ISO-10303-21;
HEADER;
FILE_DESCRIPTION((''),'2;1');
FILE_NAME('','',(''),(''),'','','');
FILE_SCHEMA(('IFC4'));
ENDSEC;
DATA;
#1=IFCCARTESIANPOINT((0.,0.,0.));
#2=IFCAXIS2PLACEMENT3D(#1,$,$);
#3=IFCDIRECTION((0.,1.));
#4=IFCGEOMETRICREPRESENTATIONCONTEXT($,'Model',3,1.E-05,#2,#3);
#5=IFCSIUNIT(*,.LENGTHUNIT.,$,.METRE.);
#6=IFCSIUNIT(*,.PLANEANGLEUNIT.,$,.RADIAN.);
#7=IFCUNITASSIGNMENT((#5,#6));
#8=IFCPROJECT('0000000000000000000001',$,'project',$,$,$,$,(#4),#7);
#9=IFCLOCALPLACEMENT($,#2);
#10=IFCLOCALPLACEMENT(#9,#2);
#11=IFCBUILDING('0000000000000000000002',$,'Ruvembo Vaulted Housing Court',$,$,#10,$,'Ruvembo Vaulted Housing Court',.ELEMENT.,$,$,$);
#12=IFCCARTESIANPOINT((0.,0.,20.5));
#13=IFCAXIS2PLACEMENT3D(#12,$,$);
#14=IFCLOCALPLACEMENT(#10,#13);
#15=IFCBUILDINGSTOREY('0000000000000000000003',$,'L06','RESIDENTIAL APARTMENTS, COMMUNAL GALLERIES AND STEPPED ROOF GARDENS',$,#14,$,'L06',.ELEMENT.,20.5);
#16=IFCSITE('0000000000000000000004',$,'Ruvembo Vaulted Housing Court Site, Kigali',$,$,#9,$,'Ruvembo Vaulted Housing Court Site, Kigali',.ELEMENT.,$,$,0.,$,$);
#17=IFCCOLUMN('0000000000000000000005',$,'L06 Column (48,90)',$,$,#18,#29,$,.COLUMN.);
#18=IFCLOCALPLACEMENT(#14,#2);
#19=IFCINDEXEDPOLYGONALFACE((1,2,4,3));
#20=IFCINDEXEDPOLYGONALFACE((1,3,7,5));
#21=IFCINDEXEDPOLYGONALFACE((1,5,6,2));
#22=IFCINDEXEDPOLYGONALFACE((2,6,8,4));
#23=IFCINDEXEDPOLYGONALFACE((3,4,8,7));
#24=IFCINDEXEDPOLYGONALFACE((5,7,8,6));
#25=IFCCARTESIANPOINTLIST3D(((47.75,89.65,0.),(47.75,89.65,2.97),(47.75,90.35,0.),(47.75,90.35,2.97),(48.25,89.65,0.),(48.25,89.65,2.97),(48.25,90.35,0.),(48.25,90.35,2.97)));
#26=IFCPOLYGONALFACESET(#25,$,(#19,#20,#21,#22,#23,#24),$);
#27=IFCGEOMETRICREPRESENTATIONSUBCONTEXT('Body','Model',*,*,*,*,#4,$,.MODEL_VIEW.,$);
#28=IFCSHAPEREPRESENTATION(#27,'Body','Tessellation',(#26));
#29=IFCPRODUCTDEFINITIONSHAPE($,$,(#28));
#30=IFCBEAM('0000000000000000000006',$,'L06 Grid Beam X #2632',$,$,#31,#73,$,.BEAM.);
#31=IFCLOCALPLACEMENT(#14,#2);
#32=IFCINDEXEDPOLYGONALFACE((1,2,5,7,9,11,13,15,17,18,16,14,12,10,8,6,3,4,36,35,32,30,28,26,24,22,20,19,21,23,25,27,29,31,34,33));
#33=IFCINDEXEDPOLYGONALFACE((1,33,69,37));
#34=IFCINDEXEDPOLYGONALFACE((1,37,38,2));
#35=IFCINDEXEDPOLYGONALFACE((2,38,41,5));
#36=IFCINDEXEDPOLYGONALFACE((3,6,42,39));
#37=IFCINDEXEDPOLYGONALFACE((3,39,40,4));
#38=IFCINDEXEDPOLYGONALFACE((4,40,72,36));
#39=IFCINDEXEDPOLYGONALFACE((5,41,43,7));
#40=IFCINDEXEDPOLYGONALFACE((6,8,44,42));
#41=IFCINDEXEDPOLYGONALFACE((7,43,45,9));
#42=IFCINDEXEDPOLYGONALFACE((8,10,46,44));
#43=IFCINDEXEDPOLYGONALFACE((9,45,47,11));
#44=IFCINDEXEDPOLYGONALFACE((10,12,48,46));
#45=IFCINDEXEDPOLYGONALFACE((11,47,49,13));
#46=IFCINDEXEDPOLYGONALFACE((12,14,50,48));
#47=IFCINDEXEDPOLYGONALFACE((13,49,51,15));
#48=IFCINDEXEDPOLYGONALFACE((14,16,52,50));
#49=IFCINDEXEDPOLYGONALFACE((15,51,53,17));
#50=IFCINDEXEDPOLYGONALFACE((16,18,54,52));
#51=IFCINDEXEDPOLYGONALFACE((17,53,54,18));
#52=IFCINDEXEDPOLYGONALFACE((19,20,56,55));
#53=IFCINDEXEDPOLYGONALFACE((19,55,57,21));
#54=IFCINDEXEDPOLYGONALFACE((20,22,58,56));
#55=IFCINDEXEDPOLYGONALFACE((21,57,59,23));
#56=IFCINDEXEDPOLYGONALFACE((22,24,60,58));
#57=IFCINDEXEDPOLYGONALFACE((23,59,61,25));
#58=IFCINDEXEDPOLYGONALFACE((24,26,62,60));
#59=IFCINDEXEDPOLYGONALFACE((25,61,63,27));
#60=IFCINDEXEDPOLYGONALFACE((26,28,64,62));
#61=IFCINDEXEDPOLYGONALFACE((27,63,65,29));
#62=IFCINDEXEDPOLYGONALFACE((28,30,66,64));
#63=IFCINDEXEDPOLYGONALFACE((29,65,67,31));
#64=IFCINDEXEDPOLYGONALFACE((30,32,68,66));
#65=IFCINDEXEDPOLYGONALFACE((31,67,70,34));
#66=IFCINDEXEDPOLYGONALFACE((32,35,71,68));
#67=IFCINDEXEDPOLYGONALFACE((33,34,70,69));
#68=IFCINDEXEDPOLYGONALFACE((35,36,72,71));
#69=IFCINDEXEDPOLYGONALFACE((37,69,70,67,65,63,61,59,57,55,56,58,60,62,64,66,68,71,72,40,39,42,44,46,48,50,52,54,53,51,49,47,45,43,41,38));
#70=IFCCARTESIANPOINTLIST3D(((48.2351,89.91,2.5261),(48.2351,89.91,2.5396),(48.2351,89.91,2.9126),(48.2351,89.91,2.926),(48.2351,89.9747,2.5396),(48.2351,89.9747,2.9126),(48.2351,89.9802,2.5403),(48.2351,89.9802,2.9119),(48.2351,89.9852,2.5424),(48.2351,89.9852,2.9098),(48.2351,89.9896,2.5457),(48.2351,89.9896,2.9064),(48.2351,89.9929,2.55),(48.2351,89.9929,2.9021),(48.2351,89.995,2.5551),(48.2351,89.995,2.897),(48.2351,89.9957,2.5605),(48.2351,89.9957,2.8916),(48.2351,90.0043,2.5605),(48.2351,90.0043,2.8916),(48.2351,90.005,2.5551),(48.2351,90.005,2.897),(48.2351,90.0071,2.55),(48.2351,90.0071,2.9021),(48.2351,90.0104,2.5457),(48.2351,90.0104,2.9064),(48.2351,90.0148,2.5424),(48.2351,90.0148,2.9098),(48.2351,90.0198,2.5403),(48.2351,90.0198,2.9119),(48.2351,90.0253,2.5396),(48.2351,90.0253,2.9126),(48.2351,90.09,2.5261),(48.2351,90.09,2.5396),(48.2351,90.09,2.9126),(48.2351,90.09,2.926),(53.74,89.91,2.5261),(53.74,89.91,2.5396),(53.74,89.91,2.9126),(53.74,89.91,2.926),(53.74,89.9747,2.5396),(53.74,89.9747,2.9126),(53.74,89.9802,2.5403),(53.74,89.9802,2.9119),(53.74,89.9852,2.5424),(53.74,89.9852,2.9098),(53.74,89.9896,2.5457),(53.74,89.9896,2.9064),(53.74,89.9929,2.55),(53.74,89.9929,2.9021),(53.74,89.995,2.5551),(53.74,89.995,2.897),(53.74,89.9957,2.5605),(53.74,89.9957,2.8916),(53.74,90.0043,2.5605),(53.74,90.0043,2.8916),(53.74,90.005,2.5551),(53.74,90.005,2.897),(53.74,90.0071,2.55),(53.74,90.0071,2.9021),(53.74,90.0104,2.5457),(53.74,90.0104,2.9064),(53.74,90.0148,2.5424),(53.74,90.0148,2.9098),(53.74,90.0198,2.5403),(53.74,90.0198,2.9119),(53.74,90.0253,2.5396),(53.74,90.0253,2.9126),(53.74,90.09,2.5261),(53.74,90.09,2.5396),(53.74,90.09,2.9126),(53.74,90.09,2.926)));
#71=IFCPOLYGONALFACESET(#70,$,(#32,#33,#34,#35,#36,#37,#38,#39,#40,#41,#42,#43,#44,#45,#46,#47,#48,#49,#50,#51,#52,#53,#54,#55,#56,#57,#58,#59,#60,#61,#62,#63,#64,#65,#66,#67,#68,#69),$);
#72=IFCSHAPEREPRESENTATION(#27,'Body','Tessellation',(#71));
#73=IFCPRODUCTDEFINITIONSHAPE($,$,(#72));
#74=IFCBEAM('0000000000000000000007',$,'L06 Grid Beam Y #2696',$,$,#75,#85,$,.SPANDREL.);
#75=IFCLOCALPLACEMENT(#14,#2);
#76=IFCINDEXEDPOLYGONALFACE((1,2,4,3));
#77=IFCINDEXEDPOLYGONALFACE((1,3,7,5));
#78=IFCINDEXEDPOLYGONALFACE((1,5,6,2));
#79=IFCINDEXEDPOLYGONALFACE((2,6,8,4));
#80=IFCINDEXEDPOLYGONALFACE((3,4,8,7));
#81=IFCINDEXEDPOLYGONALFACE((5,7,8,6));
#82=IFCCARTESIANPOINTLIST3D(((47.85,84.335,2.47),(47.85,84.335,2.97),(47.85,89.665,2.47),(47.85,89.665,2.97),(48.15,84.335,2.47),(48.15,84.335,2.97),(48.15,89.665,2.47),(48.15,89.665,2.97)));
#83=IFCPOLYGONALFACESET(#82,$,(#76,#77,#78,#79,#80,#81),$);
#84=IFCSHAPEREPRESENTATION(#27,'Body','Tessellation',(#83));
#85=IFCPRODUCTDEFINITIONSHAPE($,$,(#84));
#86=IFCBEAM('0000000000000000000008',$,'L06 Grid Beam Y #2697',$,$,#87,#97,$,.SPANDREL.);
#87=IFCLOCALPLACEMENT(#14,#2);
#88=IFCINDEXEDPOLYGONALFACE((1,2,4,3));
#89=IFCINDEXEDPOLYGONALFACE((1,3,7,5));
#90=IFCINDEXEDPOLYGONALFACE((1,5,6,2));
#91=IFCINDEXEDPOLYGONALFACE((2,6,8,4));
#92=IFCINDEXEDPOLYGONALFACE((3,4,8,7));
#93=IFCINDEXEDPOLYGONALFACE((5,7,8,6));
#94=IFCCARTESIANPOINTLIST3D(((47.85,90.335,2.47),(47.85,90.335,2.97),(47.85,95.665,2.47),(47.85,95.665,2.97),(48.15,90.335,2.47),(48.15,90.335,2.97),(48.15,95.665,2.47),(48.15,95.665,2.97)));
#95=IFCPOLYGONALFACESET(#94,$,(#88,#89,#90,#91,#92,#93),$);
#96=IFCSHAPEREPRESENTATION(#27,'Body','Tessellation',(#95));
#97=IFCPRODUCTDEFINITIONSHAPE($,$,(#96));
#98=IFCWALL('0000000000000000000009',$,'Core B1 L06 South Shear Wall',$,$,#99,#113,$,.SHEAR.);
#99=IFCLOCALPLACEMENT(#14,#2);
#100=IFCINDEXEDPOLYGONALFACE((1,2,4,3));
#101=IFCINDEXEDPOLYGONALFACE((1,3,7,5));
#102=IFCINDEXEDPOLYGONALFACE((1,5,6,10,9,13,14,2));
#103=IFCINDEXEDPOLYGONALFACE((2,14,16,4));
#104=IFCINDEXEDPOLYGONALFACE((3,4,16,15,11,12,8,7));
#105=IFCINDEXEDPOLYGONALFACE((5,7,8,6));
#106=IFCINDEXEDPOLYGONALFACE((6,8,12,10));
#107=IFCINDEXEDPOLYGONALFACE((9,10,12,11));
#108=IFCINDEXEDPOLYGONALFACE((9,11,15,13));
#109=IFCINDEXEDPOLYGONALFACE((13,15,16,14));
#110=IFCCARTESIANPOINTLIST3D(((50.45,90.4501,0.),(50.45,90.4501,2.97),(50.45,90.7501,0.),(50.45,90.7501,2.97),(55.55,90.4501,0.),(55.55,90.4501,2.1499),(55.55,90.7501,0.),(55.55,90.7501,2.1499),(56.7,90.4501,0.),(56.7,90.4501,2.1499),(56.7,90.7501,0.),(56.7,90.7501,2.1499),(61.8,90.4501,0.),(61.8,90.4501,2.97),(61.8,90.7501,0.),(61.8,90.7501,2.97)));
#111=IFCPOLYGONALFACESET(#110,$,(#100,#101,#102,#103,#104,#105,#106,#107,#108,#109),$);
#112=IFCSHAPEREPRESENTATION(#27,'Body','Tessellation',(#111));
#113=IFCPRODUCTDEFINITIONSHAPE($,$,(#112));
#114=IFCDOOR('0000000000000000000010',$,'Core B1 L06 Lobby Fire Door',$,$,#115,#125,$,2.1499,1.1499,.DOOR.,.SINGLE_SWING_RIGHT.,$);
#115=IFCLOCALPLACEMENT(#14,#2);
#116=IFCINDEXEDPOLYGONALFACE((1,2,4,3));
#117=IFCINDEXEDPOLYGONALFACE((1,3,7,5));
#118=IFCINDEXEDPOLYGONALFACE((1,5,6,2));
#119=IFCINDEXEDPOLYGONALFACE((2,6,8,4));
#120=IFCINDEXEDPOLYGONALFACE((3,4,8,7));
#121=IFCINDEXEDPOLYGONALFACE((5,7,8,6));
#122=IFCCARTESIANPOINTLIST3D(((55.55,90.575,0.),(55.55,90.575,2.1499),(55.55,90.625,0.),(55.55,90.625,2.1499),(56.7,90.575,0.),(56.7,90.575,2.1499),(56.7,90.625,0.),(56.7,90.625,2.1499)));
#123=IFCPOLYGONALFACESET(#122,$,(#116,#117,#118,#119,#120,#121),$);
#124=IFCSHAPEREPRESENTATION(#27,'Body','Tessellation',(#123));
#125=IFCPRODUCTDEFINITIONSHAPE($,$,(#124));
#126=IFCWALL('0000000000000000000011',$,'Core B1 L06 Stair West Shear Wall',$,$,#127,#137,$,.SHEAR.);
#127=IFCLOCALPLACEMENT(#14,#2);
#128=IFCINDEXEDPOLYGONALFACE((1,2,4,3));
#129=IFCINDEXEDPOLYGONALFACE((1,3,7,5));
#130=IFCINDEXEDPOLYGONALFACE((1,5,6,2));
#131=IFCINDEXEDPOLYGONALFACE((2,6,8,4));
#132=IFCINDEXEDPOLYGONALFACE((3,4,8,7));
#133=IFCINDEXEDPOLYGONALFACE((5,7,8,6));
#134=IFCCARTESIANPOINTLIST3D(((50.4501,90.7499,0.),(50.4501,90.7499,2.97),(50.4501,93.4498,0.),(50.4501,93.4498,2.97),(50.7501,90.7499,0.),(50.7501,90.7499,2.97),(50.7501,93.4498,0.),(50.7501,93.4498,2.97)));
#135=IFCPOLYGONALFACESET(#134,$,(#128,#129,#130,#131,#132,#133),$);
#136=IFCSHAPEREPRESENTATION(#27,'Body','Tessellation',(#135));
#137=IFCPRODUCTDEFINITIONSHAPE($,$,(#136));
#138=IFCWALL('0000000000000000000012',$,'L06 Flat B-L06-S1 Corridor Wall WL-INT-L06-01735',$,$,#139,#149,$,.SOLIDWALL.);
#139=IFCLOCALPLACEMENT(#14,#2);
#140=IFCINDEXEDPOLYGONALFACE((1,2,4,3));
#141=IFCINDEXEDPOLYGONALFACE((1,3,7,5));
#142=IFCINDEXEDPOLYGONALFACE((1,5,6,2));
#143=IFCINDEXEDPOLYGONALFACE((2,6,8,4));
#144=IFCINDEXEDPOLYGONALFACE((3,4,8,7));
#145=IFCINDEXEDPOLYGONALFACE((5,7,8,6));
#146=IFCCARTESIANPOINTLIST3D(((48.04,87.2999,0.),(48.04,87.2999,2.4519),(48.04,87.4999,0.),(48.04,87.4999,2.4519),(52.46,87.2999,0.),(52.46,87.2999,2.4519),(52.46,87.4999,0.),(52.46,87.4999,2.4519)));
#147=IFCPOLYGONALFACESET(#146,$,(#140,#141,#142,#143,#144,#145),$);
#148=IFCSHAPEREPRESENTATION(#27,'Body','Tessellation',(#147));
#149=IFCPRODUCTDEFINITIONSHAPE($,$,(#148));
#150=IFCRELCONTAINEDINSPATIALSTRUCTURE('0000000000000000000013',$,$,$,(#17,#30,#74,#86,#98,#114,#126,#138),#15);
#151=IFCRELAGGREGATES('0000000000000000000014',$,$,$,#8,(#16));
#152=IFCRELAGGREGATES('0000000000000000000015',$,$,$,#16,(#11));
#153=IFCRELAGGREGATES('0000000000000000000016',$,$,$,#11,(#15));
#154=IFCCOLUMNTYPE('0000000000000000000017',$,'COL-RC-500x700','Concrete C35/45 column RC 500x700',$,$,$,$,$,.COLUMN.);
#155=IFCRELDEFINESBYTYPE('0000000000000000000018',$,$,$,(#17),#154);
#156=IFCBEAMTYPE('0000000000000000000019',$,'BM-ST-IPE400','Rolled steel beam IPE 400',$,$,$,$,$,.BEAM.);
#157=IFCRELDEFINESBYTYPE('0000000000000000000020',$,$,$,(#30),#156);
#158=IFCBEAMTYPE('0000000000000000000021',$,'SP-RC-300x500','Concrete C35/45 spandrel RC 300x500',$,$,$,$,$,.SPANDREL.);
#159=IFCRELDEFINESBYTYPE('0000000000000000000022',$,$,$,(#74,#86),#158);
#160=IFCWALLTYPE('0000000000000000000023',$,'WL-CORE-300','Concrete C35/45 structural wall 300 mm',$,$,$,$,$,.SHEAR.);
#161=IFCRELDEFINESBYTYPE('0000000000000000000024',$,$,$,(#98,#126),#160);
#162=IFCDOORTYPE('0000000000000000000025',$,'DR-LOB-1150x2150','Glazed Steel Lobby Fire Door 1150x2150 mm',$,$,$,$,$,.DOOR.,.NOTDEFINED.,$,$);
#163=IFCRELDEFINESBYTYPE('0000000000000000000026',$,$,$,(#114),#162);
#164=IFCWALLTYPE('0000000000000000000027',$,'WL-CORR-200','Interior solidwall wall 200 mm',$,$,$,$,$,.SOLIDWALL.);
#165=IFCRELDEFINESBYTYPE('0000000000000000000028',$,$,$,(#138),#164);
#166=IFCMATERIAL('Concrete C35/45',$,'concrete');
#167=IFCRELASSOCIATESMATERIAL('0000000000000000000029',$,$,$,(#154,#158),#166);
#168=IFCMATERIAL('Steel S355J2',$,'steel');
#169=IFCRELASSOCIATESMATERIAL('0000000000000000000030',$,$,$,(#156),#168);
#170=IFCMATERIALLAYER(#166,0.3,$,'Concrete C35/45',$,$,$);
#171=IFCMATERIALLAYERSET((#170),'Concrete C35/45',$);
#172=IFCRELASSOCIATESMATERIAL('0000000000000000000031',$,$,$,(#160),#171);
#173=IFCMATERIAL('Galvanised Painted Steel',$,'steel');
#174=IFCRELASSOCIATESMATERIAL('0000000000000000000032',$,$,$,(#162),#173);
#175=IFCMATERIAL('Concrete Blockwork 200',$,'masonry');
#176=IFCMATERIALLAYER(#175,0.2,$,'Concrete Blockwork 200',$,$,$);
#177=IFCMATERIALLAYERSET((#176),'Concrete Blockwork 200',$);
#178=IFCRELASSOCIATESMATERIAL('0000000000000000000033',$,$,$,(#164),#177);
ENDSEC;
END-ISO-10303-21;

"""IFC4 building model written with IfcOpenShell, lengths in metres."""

from ifc_helpers import new_model, si_unit, direction, frame, frame_2d, origin, origin_2d, place, context, subcontext, project, spatial, rectangle, i_section, extrude, material, layer, layer_set, material_profile, profile_set, type_object, element, fill, save


model = new_model("IFC4")

# Units and contexts
model_context = context("Model", 3, precision=1e-05, world=origin(), true_north=direction((0.0, 1.0)))
body_context = subcontext(model_context, "Body", "Model", "MODEL_VIEW")
ifc_project = project(units=[si_unit("LENGTHUNIT", "METRE"), si_unit("PLANEANGLEUNIT", "RADIAN")], contexts=[model_context])

# Site, building, storey
site_placement = place(None, origin())
site = spatial("IfcSite", under=ifc_project, at=site_placement, Name="Ruvembo Vaulted Housing Court Site, Kigali", LongName="Ruvembo Vaulted Housing Court Site, Kigali", CompositionType="ELEMENT", RefElevation=0.0)
building_placement = place(site_placement, origin())
building = spatial("IfcBuilding", under=site, at=building_placement, Name="Ruvembo Vaulted Housing Court", LongName="Ruvembo Vaulted Housing Court", CompositionType="ELEMENT")
storey_placement = place(building_placement, frame((0.0, 0.0, 20.5)))
storey = spatial("IfcBuildingStorey", under=building, at=storey_placement, Name="L06", Description="RESIDENTIAL APARTMENTS, COMMUNAL GALLERIES AND STEPPED ROOF GARDENS", LongName="L06", CompositionType="ELEMENT", Elevation=20.5)

# Column
ifc_material_1 = material(Name="Concrete C35/45", Category="concrete")
ifc_material_profile_1 = material_profile(ifc_material_1, rectangle(XDim=0.5, YDim=0.7, at=origin_2d()), Name="RC 500x700")
ifc_profile_set_1 = profile_set([ifc_material_profile_1], Name="Concrete C35/45")
column_type = type_object("IfcColumnType", Name="COL-RC-500x700", Description="Concrete C35/45 column RC 500x700", PredefinedType="COLUMN", material=ifc_profile_set_1)
column_placement = place(storey_placement, frame((48.0, 90.0, 0.0), z_axis=(0.0, 0.0, 1.0), x_axis=(1.0, 0.0, 0.0)))
element("IfcColumn", 1, at=column_placement, inside=storey, type_object=column_type, Name="L06 Column (48,90)", PredefinedType="COLUMN", context=body_context, shape_type="SweptSolid", body=[
    extrude(rectangle(XDim=0.5, YDim=0.7, at=origin_2d()), origin(), (0.0, 0.0, 1.0), 2.97),
])

# Beams
ifc_material_2 = material(Name="Steel S355J2", Category="steel")
ifc_material_profile_2 = material_profile(ifc_material_2, i_section(OverallWidth=0.1799, OverallDepth=0.3999, WebThickness=0.0085, FlangeThickness=0.0134, FilletRadius=0.021, at=origin_2d()), Name="IPE 400")
ifc_profile_set_2 = profile_set([ifc_material_profile_2], Name="Steel S355J2")
beam_type_1 = type_object("IfcBeamType", Name="BM-ST-IPE400", Description="Rolled steel beam IPE 400", PredefinedType="BEAM", material=ifc_profile_set_2)
beam_placement = place(storey_placement, frame((48.2351, 90.0, 2.7261), z_axis=(1.0, 0.0, 0.0), x_axis=(0.0, 1.0, 0.0)))
element("IfcBeam", 2, at=beam_placement, inside=storey, type_object=beam_type_1, Name="L06 Grid Beam X #2632", PredefinedType="BEAM", context=body_context, shape_type="SweptSolid", body=[
    extrude(i_section(OverallWidth=0.1799, OverallDepth=0.3999, WebThickness=0.0085, FlangeThickness=0.0134, FilletRadius=0.021, at=origin_2d()), origin(), (0.0, 0.0, 1.0), 5.5049),
])
ifc_material_profile_3 = material_profile(ifc_material_1, rectangle(XDim=0.3, YDim=0.5, at=origin_2d()), Name="RC 300x500")
ifc_profile_set_3 = profile_set([ifc_material_profile_3], Name="Concrete C35/45")
beam_type_2 = type_object("IfcBeamType", Name="SP-RC-300x500", Description="Concrete C35/45 spandrel RC 300x500", PredefinedType="SPANDREL", material=ifc_profile_set_3)
for number, where, z_axis, x_axis, name in (
    (3, (48.0, 84.335, 2.72), (0.0, 1.0, 0.0), (-1.0, 0.0, 0.0), "L06 Grid Beam Y #2696"),
    (4, (48.0, 90.335, 2.72), (0.0, 1.0, 0.0), (-1.0, 0.0, 0.0), "L06 Grid Beam Y #2697"),
):
    element("IfcBeam", number, at=place(storey_placement, frame(where, z_axis=z_axis, x_axis=x_axis)), inside=storey, type_object=beam_type_2, Name=name, PredefinedType="SPANDREL", context=body_context, shape_type="SweptSolid", body=[
        extrude(rectangle(XDim=0.3, YDim=0.5, at=origin_2d()), origin(), (0.0, 0.0, 1.0), 5.3301),
    ])

# Wall, opening, door
ifc_layer_1 = layer(ifc_material_1, 0.3, Name="Concrete C35/45")
ifc_layer_set_1 = layer_set([ifc_layer_1], Name="Concrete C35/45")
wall_type_1 = type_object("IfcWallType", Name="WL-CORE-300", Description="Concrete C35/45 structural wall 300 mm", PredefinedType="SHEAR", material=ifc_layer_set_1)
wall_1_placement = place(storey_placement, frame((50.45, 90.6001, 0.0), z_axis=(0.0, 0.0, 1.0), x_axis=(1.0, 0.0, 0.0)))
wall_1 = element("IfcWall", 5, at=wall_1_placement, inside=storey, type_object=wall_type_1, Name="Core B1 L06 South Shear Wall", PredefinedType="SHEAR", context=body_context, shape_type="SweptSolid", body=[
    extrude(rectangle(XDim=11.3501, YDim=0.3, at=frame_2d((5.675, 0.0))), origin(), (0.0, 0.0, 1.0), 2.97),
])
opening_1_placement = place(wall_1_placement, frame((5.1001, 0.0, 0.0)))
opening_1 = element("IfcOpeningElement", 6, at=opening_1_placement, cuts=wall_1, PredefinedType="OPENING", context=body_context, shape_type="SweptSolid", body=[
    extrude(rectangle(XDim=1.1499, YDim=2.1499, at=frame_2d((0.575, 1.075))), frame((0.0, 0.1599, 0.0), z_axis=(0.0, -1.0, 0.0), x_axis=(1.0, 0.0, 0.0)), (0.0, 0.0, 1.0), 0.3201),
])
ifc_material_3 = material(Name="Galvanised Painted Steel", Category="steel")
door_type_1 = type_object("IfcDoorType", Name="DR-LOB-1150x2150", Description="Glazed Steel Lobby Fire Door 1150x2150 mm", OperationType="NOTDEFINED", PredefinedType="DOOR", material=ifc_material_3)
door_1_placement = place(opening_1_placement, origin())
door_1 = element("IfcDoor", 7, at=door_1_placement, inside=storey, type_object=door_type_1, Name="Core B1 L06 Lobby Fire Door", OperationType="SINGLE_SWING_RIGHT", OverallHeight=2.1499, OverallWidth=1.1499, PredefinedType="DOOR", context=body_context, shape_type="SweptSolid", body=[
    extrude(rectangle(XDim=1.1499, YDim=2.1499, at=frame_2d((0.575, 1.075))), frame((0.0, 0.0249, 0.0), z_axis=(0.0, -1.0, 0.0), x_axis=(1.0, 0.0, 0.0)), (0.0, 0.0, 1.0), 0.05),
])
fill(opening_1, door_1)

# Walls
wall_2_placement = place(storey_placement, frame((50.6001, 93.45, 0.0), z_axis=(0.0, 0.0, 1.0), x_axis=(0.0, -1.0, 0.0)))
element("IfcWall", 8, at=wall_2_placement, inside=storey, type_object=wall_type_1, Name="Core B1 L06 Stair West Shear Wall", PredefinedType="SHEAR", context=body_context, shape_type="SweptSolid", body=[
    extrude(rectangle(XDim=2.7, YDim=0.3, at=frame_2d((1.3501, 0.0))), origin(), (0.0, 0.0, 1.0), 2.97),
])
ifc_material_4 = material(Name="Concrete Blockwork 200", Category="masonry")
ifc_layer_2 = layer(ifc_material_4, 0.2, Name="Concrete Blockwork 200")
ifc_layer_set_2 = layer_set([ifc_layer_2], Name="Concrete Blockwork 200")
wall_type_2 = type_object("IfcWallType", Name="WL-CORR-200", Description="Interior solidwall wall 200 mm", PredefinedType="SOLIDWALL", material=ifc_layer_set_2)
wall_3_placement = place(storey_placement, frame((48.04, 87.3999, 0.0), z_axis=(0.0, 0.0, 1.0), x_axis=(1.0, 0.0, 0.0)))
element("IfcWall", 9, at=wall_3_placement, inside=storey, type_object=wall_type_2, Name="L06 Flat B-L06-S1 Corridor Wall WL-INT-L06-01735", PredefinedType="SOLIDWALL", context=body_context, shape_type="SweptSolid", body=[
    extrude(rectangle(XDim=4.4199, YDim=0.2, at=frame_2d((2.21, 0.0))), origin(), (0.0, 0.0, 1.0), 2.4519),
])

save(model, "model.ifc")
